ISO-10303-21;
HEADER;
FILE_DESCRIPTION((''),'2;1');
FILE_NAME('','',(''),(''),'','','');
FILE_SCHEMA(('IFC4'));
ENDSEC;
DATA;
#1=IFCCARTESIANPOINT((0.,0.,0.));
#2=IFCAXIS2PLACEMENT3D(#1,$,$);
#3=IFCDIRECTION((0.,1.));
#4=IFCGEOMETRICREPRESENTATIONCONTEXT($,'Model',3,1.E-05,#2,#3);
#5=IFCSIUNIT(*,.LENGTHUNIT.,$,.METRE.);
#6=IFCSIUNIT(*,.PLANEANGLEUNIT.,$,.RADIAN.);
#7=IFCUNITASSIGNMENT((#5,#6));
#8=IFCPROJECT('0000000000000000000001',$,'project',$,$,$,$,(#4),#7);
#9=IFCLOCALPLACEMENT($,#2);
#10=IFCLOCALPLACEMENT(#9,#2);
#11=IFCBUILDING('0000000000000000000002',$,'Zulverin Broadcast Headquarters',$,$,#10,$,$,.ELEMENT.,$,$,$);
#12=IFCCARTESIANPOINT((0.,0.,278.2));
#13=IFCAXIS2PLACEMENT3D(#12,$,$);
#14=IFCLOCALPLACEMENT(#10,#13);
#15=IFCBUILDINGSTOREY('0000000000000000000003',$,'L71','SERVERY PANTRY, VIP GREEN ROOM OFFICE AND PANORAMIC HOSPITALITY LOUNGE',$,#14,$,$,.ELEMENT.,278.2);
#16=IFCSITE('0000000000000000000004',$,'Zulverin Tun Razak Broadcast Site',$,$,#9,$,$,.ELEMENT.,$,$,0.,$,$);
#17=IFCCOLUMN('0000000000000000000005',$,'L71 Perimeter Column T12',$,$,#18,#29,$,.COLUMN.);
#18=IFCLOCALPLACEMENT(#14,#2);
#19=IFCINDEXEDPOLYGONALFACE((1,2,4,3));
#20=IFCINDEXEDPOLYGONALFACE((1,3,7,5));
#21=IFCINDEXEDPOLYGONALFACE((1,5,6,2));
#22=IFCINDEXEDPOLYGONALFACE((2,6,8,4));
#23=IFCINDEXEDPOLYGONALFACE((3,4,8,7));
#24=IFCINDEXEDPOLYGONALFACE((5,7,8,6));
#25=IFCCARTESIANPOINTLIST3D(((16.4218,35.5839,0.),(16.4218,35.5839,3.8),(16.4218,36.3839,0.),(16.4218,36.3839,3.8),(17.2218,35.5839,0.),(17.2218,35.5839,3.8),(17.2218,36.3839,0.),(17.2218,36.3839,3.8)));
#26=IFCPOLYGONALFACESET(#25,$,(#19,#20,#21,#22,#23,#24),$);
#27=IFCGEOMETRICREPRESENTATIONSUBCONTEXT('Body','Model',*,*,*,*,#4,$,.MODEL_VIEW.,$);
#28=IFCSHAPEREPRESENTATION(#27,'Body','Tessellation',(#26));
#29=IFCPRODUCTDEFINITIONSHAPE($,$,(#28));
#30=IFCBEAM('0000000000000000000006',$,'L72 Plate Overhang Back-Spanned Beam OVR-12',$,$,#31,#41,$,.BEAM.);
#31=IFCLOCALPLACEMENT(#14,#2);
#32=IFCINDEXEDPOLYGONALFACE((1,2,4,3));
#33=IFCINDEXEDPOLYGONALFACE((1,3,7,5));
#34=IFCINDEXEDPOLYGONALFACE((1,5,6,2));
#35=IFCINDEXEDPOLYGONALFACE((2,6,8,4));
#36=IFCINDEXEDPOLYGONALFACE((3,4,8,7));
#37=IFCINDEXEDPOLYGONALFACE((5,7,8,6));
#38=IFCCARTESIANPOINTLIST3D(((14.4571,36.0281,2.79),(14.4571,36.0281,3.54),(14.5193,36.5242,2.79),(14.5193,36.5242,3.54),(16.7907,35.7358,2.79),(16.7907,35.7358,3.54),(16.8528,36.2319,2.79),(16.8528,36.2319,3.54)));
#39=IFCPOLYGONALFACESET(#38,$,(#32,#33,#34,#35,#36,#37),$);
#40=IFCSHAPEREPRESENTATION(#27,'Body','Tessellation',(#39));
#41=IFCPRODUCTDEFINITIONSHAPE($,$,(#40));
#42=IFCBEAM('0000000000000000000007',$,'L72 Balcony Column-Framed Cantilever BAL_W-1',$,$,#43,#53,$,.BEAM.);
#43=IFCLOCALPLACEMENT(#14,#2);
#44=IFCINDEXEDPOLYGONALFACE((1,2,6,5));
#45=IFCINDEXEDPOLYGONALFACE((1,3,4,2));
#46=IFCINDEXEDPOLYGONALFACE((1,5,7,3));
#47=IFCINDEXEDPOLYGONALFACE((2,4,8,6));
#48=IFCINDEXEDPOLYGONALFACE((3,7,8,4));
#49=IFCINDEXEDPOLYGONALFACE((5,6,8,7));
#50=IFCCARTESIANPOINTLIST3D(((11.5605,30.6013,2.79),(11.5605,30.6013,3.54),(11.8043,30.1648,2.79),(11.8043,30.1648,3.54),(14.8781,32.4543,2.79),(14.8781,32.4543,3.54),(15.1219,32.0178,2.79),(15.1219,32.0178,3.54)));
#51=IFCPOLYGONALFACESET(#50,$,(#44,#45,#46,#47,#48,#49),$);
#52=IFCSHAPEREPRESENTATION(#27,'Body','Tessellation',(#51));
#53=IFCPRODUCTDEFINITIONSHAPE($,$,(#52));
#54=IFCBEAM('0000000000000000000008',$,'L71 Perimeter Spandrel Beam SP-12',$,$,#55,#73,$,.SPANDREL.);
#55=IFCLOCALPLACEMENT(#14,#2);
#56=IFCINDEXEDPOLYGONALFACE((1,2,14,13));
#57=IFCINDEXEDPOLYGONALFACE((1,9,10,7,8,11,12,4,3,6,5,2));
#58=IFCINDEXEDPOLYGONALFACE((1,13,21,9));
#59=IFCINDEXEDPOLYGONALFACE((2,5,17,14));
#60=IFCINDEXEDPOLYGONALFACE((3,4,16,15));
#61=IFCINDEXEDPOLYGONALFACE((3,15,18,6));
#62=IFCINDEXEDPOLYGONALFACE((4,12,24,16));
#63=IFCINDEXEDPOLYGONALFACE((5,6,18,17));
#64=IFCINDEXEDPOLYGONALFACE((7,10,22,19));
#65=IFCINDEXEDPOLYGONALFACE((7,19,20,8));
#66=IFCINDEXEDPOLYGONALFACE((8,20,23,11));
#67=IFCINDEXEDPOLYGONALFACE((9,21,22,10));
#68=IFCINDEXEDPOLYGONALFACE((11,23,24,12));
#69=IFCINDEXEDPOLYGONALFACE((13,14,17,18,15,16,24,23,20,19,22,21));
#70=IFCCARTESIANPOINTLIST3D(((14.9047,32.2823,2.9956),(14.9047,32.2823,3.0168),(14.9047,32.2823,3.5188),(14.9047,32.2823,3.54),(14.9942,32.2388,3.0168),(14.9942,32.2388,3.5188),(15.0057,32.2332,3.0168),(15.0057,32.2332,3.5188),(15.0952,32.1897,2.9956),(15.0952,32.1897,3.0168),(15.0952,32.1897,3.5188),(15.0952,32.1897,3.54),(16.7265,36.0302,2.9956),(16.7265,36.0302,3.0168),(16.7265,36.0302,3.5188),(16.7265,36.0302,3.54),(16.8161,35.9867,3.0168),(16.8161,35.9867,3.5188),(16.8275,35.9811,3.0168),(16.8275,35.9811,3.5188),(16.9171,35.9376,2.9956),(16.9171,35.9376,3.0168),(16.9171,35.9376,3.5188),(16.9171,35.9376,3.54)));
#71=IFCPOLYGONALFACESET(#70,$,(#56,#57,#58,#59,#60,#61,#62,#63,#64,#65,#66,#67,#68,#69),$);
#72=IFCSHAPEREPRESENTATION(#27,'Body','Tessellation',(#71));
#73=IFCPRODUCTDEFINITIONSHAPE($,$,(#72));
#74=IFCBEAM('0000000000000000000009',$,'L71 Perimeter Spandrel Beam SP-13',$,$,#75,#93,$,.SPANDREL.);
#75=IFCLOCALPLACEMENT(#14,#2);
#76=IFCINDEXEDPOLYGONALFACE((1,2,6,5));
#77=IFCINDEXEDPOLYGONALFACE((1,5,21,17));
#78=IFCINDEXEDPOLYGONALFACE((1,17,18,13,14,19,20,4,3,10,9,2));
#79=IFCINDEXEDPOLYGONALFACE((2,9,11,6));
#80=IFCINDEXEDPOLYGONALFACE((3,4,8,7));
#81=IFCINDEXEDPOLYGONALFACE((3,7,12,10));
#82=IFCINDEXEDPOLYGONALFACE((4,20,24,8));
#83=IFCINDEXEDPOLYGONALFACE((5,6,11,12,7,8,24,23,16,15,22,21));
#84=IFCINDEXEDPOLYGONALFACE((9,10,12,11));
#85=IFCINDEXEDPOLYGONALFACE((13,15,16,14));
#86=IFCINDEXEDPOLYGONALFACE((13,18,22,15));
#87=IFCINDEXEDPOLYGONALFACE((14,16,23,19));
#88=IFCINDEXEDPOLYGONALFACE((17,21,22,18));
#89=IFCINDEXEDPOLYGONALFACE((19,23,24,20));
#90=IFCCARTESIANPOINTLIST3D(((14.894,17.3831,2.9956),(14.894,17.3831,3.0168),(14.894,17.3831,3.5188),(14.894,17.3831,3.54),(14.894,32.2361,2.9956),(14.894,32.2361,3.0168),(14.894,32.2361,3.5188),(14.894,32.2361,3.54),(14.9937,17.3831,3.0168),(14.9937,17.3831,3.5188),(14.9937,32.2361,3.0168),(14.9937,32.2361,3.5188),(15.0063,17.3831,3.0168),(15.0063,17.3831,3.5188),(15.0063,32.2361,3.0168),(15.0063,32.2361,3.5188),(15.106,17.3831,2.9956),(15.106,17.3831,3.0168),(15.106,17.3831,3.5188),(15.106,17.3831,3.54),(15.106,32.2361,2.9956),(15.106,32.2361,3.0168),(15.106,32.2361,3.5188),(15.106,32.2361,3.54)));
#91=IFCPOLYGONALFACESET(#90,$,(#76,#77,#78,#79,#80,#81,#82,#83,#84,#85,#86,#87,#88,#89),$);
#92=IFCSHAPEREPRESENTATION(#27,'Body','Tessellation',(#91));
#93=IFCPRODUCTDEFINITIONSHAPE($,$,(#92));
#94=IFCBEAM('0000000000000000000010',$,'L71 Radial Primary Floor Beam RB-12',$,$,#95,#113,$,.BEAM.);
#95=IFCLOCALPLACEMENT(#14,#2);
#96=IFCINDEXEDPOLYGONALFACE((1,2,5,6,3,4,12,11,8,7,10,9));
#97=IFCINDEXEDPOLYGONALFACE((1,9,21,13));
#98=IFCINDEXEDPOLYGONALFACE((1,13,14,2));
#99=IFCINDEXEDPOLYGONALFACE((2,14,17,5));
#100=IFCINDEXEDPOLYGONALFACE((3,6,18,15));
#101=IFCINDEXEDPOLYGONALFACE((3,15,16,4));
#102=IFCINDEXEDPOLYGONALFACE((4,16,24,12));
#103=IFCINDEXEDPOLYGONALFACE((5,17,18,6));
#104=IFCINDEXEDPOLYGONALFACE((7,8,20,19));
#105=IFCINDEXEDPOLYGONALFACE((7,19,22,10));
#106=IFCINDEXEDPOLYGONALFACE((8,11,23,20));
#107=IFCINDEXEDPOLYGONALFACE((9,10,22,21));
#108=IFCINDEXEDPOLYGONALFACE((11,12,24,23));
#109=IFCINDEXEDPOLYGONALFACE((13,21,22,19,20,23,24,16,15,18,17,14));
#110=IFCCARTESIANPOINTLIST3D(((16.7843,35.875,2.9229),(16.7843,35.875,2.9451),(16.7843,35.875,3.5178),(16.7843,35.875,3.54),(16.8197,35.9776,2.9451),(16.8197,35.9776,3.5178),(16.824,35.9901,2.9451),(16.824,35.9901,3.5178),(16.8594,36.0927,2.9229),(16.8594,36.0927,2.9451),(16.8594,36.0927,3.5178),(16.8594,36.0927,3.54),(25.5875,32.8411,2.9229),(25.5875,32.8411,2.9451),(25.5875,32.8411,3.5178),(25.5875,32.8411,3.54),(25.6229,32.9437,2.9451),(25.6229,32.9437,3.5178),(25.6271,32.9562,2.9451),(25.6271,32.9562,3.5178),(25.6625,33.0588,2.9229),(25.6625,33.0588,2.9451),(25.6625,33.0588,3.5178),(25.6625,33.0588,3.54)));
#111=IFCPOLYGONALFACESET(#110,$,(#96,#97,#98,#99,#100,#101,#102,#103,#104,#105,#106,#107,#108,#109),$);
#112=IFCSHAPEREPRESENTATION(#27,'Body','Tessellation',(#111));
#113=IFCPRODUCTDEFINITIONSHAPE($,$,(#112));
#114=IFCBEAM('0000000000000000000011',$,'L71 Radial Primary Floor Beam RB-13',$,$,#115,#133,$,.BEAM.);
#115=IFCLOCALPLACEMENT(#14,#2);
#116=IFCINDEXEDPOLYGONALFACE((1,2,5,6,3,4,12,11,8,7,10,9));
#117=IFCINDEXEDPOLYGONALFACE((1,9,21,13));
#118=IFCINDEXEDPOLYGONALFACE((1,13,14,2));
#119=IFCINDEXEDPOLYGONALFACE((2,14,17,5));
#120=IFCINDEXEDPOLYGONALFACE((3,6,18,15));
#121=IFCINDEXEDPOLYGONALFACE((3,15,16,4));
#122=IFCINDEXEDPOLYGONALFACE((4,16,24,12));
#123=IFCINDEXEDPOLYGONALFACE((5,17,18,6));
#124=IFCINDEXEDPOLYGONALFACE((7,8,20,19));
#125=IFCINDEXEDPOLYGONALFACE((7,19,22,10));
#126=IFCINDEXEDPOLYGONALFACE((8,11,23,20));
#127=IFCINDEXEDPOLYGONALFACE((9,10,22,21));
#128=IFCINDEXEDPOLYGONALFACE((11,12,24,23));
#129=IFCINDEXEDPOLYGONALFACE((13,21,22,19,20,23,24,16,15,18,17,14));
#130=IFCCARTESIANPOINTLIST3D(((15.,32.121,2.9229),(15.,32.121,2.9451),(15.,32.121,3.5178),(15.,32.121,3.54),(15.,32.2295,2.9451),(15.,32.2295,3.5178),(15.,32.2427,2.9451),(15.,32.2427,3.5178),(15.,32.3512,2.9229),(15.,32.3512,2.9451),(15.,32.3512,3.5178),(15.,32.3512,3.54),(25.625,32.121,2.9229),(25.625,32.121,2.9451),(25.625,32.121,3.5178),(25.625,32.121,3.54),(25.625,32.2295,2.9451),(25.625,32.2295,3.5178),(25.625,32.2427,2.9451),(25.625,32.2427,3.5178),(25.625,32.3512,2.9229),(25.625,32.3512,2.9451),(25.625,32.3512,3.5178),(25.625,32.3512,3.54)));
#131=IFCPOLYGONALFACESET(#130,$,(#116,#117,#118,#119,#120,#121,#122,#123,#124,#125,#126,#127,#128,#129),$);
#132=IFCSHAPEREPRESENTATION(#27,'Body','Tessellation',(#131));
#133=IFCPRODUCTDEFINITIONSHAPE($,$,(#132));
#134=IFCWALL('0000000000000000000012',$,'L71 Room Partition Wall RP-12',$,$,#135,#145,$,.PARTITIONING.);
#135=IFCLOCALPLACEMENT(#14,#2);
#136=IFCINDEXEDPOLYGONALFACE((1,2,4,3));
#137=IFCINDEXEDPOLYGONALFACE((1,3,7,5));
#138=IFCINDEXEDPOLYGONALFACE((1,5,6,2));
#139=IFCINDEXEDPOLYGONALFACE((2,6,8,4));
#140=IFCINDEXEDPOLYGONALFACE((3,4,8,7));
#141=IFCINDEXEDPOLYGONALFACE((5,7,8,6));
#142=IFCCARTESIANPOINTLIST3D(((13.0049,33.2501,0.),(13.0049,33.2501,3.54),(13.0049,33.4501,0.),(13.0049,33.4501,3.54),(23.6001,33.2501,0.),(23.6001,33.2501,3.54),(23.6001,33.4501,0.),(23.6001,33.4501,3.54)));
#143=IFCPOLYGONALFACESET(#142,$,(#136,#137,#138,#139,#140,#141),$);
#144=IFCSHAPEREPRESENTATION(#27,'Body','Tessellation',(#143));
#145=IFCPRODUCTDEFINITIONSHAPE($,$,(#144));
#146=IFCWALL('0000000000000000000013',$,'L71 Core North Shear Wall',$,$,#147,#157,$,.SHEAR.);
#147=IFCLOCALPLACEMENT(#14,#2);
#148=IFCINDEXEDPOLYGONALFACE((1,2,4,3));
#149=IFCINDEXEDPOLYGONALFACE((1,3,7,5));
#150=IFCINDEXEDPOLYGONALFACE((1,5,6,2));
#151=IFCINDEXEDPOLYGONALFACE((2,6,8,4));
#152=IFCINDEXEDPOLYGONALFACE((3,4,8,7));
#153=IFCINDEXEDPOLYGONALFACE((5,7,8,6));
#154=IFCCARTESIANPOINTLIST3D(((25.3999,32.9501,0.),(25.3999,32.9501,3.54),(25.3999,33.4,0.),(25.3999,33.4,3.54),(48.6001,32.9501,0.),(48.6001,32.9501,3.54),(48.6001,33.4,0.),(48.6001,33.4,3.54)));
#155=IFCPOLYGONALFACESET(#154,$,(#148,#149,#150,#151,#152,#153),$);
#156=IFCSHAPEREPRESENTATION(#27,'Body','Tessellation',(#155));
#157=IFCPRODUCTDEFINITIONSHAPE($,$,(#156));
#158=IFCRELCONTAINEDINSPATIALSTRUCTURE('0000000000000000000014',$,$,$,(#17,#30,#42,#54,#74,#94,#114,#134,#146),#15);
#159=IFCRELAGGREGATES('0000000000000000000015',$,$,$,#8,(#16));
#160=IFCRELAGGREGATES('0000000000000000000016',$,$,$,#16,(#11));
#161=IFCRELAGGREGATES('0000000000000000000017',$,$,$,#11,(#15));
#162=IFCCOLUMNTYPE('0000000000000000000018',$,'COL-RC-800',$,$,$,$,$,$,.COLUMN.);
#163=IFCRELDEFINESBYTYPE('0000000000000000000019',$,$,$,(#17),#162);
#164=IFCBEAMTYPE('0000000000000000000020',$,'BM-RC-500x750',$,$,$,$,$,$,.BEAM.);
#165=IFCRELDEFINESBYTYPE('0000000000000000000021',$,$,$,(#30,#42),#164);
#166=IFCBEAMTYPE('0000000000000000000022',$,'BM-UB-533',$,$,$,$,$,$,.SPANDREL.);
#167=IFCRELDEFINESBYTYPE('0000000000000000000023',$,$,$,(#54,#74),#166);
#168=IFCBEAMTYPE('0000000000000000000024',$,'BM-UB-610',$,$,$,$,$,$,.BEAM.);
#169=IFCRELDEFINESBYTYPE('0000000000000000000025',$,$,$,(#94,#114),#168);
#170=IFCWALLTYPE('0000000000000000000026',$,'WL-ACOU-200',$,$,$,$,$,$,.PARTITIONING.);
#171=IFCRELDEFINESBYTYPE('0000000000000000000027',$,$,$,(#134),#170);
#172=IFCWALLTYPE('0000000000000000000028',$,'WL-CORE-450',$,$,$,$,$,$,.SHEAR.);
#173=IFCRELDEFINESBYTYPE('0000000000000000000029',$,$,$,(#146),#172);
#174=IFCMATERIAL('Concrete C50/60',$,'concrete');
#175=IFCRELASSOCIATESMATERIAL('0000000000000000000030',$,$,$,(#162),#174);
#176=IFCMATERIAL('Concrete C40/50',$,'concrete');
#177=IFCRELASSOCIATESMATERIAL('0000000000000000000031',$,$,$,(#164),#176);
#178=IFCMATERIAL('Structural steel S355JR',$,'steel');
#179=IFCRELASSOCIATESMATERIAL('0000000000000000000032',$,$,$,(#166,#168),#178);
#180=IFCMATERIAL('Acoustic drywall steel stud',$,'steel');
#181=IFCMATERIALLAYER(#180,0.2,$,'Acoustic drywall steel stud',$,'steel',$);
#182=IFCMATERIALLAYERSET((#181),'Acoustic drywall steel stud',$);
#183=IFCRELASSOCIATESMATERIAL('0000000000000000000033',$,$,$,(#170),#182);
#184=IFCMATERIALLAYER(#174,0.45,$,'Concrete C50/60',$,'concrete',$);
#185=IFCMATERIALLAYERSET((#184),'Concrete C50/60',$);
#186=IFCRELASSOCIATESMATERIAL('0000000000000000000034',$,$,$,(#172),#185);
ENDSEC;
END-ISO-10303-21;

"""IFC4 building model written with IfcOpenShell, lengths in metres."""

from ifc_helpers import new_model, si_unit, direction, frame, frame_2d, origin, origin_2d, place, context, subcontext, project, spatial, rectangle, i_section, extrude, material, layer, layer_set, material_profile, profile_set, type_object, element, save


model = new_model("IFC4")

# Units and contexts
model_context = context("Model", 3, precision=1e-05, world=origin(), true_north=direction((0.0, 1.0)))
body_context = subcontext(model_context, "Body", "Model", "MODEL_VIEW")
ifc_project = project(units=[si_unit("LENGTHUNIT", "METRE"), si_unit("PLANEANGLEUNIT", "RADIAN")], contexts=[model_context])

# Site, building, storey
site_placement = place(None, origin())
site = spatial("IfcSite", under=ifc_project, at=site_placement, Name="Zulverin Tun Razak Broadcast Site", CompositionType="ELEMENT", RefElevation=0.0)
building_placement = place(site_placement, origin())
building = spatial("IfcBuilding", under=site, at=building_placement, Name="Zulverin Broadcast Headquarters", CompositionType="ELEMENT")
storey_placement = place(building_placement, frame((0.0, 0.0, 278.2)))
storey = spatial("IfcBuildingStorey", under=building, at=storey_placement, Name="L71", Description="SERVERY PANTRY, VIP GREEN ROOM OFFICE AND PANORAMIC HOSPITALITY LOUNGE", CompositionType="ELEMENT", Elevation=278.2)

# Column
ifc_material_1 = material(Name="Concrete C50/60", Category="concrete")
ifc_material_profile_1 = material_profile(ifc_material_1, rectangle(XDim=0.8, YDim=0.8, at=origin_2d()), Name="Concrete C50/60", Category="concrete")
ifc_profile_set_1 = profile_set([ifc_material_profile_1], Name="Concrete C50/60")
column_type = type_object("IfcColumnType", Name="COL-RC-800", PredefinedType="COLUMN", material=ifc_profile_set_1)
column_placement = place(storey_placement, frame((16.8218, 35.9839, 0.0), z_axis=(0.0, 0.0, 1.0), x_axis=(1.0, 0.0, 0.0)))
element("IfcColumn", 1, at=column_placement, inside=storey, type_object=column_type, Name="L71 Perimeter Column T12", PredefinedType="COLUMN", context=body_context, shape_type="SweptSolid", body=[
    extrude(rectangle(XDim=0.8, YDim=0.8, at=origin_2d()), origin(), (0.0, 0.0, 1.0), 3.8),
])

# Beams
ifc_material_2 = material(Name="Concrete C40/50", Category="concrete")
ifc_material_profile_2 = material_profile(ifc_material_2, rectangle(XDim=0.5, YDim=0.75, at=origin_2d()), Name="Concrete C40/50", Category="concrete")
ifc_profile_set_2 = profile_set([ifc_material_profile_2], Name="Concrete C40/50")
beam_type_1 = type_object("IfcBeamType", Name="BM-RC-500x750", PredefinedType="BEAM", material=ifc_profile_set_2)
beam_1_placement = place(storey_placement, frame((16.8218, 35.9839, 3.165), z_axis=(-0.992249, 0.124265, 0.0), x_axis=(-0.124265, -0.992249, 0.0)))
element("IfcBeam", 2, at=beam_1_placement, inside=storey, type_object=beam_type_1, Name="L72 Plate Overhang Back-Spanned Beam OVR-12", PredefinedType="BEAM", context=body_context, shape_type="SweptSolid", body=[
    extrude(rectangle(XDim=0.5, YDim=0.75, at=origin_2d()), origin(), (0.0, 0.0, 1.0), 2.3518),
])
beam_2_placement = place(storey_placement, frame((15.0, 32.2361, 3.165), z_axis=(-0.873049, -0.487633, 0.0), x_axis=(0.487633, -0.873049, 0.0)))
element("IfcBeam", 3, at=beam_2_placement, inside=storey, type_object=beam_type_1, Name="L72 Balcony Column-Framed Cantilever BAL_W-1", PredefinedType="BEAM", context=body_context, shape_type="SweptSolid", body=[
    extrude(rectangle(XDim=0.5, YDim=0.75, at=origin_2d()), origin(), (0.0, 0.0, 1.0), 3.8),
])
ifc_material_3 = material(Name="Structural steel S355JR", Category="steel")
ifc_material_profile_3 = material_profile(ifc_material_3, i_section(OverallWidth=0.2119, OverallDepth=0.5444, WebThickness=0.0127, FlangeThickness=0.0212, at=origin_2d()), Name="Structural steel S355JR", Category="steel")
ifc_profile_set_3 = profile_set([ifc_material_profile_3], Name="Structural steel S355JR")
beam_type_2 = type_object("IfcBeamType", Name="BM-UB-533", PredefinedType="SPANDREL", material=ifc_profile_set_3)
beam_3_placement = place(storey_placement, frame((16.8218, 35.9839, 3.2678), z_axis=(-0.437179, -0.899375, 0.0), x_axis=(0.899375, -0.437179, 0.0)))
element("IfcBeam", 4, at=beam_3_placement, inside=storey, type_object=beam_type_2, Name="L71 Perimeter Spandrel Beam SP-12", PredefinedType="SPANDREL", context=body_context, shape_type="SweptSolid", body=[
    extrude(i_section(OverallWidth=0.2119, OverallDepth=0.5444, WebThickness=0.0127, FlangeThickness=0.0212, at=origin_2d()), origin(), (0.0, 0.0, 1.0), 4.1672),
])
beam_4_placement = place(storey_placement, frame((15.0, 32.2361, 3.2678), z_axis=(0.0, -1.0, 0.0), x_axis=(1.0, 0.0, 0.0)))
element("IfcBeam", 5, at=beam_4_placement, inside=storey, type_object=beam_type_2, Name="L71 Perimeter Spandrel Beam SP-13", PredefinedType="SPANDREL", context=body_context, shape_type="SweptSolid", body=[
    extrude(i_section(OverallWidth=0.2119, OverallDepth=0.5444, WebThickness=0.0127, FlangeThickness=0.0212, at=origin_2d()), origin(), (0.0, 0.0, 1.0), 14.853),
])
ifc_material_profile_4 = material_profile(ifc_material_3, i_section(OverallWidth=0.2302, OverallDepth=0.6172, WebThickness=0.0132, FlangeThickness=0.0222, at=origin_2d()), Name="Structural steel S355JR", Category="steel")
ifc_profile_set_4 = profile_set([ifc_material_profile_4], Name="Structural steel S355JR")
beam_type_3 = type_object("IfcBeamType", Name="BM-UB-610", PredefinedType="BEAM", material=ifc_profile_set_4)
beam_5_placement = place(storey_placement, frame((25.625, 32.95, 3.2314), z_axis=(-0.945428, 0.325831, 0.0), x_axis=(-0.325831, -0.945428, 0.0)))
element("IfcBeam", 6, at=beam_5_placement, inside=storey, type_object=beam_type_3, Name="L71 Radial Primary Floor Beam RB-12", PredefinedType="BEAM", context=body_context, shape_type="SweptSolid", body=[
    extrude(i_section(OverallWidth=0.2302, OverallDepth=0.6172, WebThickness=0.0132, FlangeThickness=0.0222, at=origin_2d()), origin(), (0.0, 0.0, 1.0), 9.3113),
])
beam_6_placement = place(storey_placement, frame((25.625, 32.2361, 3.2314), z_axis=(-1.0, 0.0, 0.0), x_axis=(0.0, -1.0, 0.0)))
element("IfcBeam", 7, at=beam_6_placement, inside=storey, type_object=beam_type_3, Name="L71 Radial Primary Floor Beam RB-13", PredefinedType="BEAM", context=body_context, shape_type="SweptSolid", body=[
    extrude(i_section(OverallWidth=0.2302, OverallDepth=0.6172, WebThickness=0.0132, FlangeThickness=0.0222, at=origin_2d()), origin(), (0.0, 0.0, 1.0), 10.625),
])

# Walls
ifc_material_4 = material(Name="Acoustic drywall steel stud", Category="steel")
ifc_layer_1 = layer(ifc_material_4, 0.2, Name="Acoustic drywall steel stud", Category="steel")
ifc_layer_set_1 = layer_set([ifc_layer_1], Name="Acoustic drywall steel stud")
wall_type_1 = type_object("IfcWallType", Name="WL-ACOU-200", PredefinedType="PARTITIONING", material=ifc_layer_set_1)
wall_1_placement = place(storey_placement, frame((13.0049, 33.3501, 0.0), z_axis=(0.0, 0.0, 1.0), x_axis=(1.0, 0.0, 0.0)))
element("IfcWall", 8, at=wall_1_placement, inside=storey, type_object=wall_type_1, Name="L71 Room Partition Wall RP-12", PredefinedType="PARTITIONING", context=body_context, shape_type="SweptSolid", body=[
    extrude(rectangle(XDim=10.5952, YDim=0.2, at=frame_2d((5.2976, 0.0))), origin(), (0.0, 0.0, 1.0), 3.54),
])
ifc_layer_2 = layer(ifc_material_1, 0.45, Name="Concrete C50/60", Category="concrete")
ifc_layer_set_2 = layer_set([ifc_layer_2], Name="Concrete C50/60")
wall_type_2 = type_object("IfcWallType", Name="WL-CORE-450", PredefinedType="SHEAR", material=ifc_layer_set_2)
wall_2_placement = place(storey_placement, frame((25.3999, 33.175, 0.0), z_axis=(0.0, 0.0, 1.0), x_axis=(1.0, 0.0, 0.0)))
element("IfcWall", 9, at=wall_2_placement, inside=storey, type_object=wall_type_2, Name="L71 Core North Shear Wall", PredefinedType="SHEAR", context=body_context, shape_type="SweptSolid", body=[
    extrude(rectangle(XDim=23.2002, YDim=0.45, at=frame_2d((11.6001, 0.0))), origin(), (0.0, 0.0, 1.0), 3.54),
])

save(model, "model.ifc")
